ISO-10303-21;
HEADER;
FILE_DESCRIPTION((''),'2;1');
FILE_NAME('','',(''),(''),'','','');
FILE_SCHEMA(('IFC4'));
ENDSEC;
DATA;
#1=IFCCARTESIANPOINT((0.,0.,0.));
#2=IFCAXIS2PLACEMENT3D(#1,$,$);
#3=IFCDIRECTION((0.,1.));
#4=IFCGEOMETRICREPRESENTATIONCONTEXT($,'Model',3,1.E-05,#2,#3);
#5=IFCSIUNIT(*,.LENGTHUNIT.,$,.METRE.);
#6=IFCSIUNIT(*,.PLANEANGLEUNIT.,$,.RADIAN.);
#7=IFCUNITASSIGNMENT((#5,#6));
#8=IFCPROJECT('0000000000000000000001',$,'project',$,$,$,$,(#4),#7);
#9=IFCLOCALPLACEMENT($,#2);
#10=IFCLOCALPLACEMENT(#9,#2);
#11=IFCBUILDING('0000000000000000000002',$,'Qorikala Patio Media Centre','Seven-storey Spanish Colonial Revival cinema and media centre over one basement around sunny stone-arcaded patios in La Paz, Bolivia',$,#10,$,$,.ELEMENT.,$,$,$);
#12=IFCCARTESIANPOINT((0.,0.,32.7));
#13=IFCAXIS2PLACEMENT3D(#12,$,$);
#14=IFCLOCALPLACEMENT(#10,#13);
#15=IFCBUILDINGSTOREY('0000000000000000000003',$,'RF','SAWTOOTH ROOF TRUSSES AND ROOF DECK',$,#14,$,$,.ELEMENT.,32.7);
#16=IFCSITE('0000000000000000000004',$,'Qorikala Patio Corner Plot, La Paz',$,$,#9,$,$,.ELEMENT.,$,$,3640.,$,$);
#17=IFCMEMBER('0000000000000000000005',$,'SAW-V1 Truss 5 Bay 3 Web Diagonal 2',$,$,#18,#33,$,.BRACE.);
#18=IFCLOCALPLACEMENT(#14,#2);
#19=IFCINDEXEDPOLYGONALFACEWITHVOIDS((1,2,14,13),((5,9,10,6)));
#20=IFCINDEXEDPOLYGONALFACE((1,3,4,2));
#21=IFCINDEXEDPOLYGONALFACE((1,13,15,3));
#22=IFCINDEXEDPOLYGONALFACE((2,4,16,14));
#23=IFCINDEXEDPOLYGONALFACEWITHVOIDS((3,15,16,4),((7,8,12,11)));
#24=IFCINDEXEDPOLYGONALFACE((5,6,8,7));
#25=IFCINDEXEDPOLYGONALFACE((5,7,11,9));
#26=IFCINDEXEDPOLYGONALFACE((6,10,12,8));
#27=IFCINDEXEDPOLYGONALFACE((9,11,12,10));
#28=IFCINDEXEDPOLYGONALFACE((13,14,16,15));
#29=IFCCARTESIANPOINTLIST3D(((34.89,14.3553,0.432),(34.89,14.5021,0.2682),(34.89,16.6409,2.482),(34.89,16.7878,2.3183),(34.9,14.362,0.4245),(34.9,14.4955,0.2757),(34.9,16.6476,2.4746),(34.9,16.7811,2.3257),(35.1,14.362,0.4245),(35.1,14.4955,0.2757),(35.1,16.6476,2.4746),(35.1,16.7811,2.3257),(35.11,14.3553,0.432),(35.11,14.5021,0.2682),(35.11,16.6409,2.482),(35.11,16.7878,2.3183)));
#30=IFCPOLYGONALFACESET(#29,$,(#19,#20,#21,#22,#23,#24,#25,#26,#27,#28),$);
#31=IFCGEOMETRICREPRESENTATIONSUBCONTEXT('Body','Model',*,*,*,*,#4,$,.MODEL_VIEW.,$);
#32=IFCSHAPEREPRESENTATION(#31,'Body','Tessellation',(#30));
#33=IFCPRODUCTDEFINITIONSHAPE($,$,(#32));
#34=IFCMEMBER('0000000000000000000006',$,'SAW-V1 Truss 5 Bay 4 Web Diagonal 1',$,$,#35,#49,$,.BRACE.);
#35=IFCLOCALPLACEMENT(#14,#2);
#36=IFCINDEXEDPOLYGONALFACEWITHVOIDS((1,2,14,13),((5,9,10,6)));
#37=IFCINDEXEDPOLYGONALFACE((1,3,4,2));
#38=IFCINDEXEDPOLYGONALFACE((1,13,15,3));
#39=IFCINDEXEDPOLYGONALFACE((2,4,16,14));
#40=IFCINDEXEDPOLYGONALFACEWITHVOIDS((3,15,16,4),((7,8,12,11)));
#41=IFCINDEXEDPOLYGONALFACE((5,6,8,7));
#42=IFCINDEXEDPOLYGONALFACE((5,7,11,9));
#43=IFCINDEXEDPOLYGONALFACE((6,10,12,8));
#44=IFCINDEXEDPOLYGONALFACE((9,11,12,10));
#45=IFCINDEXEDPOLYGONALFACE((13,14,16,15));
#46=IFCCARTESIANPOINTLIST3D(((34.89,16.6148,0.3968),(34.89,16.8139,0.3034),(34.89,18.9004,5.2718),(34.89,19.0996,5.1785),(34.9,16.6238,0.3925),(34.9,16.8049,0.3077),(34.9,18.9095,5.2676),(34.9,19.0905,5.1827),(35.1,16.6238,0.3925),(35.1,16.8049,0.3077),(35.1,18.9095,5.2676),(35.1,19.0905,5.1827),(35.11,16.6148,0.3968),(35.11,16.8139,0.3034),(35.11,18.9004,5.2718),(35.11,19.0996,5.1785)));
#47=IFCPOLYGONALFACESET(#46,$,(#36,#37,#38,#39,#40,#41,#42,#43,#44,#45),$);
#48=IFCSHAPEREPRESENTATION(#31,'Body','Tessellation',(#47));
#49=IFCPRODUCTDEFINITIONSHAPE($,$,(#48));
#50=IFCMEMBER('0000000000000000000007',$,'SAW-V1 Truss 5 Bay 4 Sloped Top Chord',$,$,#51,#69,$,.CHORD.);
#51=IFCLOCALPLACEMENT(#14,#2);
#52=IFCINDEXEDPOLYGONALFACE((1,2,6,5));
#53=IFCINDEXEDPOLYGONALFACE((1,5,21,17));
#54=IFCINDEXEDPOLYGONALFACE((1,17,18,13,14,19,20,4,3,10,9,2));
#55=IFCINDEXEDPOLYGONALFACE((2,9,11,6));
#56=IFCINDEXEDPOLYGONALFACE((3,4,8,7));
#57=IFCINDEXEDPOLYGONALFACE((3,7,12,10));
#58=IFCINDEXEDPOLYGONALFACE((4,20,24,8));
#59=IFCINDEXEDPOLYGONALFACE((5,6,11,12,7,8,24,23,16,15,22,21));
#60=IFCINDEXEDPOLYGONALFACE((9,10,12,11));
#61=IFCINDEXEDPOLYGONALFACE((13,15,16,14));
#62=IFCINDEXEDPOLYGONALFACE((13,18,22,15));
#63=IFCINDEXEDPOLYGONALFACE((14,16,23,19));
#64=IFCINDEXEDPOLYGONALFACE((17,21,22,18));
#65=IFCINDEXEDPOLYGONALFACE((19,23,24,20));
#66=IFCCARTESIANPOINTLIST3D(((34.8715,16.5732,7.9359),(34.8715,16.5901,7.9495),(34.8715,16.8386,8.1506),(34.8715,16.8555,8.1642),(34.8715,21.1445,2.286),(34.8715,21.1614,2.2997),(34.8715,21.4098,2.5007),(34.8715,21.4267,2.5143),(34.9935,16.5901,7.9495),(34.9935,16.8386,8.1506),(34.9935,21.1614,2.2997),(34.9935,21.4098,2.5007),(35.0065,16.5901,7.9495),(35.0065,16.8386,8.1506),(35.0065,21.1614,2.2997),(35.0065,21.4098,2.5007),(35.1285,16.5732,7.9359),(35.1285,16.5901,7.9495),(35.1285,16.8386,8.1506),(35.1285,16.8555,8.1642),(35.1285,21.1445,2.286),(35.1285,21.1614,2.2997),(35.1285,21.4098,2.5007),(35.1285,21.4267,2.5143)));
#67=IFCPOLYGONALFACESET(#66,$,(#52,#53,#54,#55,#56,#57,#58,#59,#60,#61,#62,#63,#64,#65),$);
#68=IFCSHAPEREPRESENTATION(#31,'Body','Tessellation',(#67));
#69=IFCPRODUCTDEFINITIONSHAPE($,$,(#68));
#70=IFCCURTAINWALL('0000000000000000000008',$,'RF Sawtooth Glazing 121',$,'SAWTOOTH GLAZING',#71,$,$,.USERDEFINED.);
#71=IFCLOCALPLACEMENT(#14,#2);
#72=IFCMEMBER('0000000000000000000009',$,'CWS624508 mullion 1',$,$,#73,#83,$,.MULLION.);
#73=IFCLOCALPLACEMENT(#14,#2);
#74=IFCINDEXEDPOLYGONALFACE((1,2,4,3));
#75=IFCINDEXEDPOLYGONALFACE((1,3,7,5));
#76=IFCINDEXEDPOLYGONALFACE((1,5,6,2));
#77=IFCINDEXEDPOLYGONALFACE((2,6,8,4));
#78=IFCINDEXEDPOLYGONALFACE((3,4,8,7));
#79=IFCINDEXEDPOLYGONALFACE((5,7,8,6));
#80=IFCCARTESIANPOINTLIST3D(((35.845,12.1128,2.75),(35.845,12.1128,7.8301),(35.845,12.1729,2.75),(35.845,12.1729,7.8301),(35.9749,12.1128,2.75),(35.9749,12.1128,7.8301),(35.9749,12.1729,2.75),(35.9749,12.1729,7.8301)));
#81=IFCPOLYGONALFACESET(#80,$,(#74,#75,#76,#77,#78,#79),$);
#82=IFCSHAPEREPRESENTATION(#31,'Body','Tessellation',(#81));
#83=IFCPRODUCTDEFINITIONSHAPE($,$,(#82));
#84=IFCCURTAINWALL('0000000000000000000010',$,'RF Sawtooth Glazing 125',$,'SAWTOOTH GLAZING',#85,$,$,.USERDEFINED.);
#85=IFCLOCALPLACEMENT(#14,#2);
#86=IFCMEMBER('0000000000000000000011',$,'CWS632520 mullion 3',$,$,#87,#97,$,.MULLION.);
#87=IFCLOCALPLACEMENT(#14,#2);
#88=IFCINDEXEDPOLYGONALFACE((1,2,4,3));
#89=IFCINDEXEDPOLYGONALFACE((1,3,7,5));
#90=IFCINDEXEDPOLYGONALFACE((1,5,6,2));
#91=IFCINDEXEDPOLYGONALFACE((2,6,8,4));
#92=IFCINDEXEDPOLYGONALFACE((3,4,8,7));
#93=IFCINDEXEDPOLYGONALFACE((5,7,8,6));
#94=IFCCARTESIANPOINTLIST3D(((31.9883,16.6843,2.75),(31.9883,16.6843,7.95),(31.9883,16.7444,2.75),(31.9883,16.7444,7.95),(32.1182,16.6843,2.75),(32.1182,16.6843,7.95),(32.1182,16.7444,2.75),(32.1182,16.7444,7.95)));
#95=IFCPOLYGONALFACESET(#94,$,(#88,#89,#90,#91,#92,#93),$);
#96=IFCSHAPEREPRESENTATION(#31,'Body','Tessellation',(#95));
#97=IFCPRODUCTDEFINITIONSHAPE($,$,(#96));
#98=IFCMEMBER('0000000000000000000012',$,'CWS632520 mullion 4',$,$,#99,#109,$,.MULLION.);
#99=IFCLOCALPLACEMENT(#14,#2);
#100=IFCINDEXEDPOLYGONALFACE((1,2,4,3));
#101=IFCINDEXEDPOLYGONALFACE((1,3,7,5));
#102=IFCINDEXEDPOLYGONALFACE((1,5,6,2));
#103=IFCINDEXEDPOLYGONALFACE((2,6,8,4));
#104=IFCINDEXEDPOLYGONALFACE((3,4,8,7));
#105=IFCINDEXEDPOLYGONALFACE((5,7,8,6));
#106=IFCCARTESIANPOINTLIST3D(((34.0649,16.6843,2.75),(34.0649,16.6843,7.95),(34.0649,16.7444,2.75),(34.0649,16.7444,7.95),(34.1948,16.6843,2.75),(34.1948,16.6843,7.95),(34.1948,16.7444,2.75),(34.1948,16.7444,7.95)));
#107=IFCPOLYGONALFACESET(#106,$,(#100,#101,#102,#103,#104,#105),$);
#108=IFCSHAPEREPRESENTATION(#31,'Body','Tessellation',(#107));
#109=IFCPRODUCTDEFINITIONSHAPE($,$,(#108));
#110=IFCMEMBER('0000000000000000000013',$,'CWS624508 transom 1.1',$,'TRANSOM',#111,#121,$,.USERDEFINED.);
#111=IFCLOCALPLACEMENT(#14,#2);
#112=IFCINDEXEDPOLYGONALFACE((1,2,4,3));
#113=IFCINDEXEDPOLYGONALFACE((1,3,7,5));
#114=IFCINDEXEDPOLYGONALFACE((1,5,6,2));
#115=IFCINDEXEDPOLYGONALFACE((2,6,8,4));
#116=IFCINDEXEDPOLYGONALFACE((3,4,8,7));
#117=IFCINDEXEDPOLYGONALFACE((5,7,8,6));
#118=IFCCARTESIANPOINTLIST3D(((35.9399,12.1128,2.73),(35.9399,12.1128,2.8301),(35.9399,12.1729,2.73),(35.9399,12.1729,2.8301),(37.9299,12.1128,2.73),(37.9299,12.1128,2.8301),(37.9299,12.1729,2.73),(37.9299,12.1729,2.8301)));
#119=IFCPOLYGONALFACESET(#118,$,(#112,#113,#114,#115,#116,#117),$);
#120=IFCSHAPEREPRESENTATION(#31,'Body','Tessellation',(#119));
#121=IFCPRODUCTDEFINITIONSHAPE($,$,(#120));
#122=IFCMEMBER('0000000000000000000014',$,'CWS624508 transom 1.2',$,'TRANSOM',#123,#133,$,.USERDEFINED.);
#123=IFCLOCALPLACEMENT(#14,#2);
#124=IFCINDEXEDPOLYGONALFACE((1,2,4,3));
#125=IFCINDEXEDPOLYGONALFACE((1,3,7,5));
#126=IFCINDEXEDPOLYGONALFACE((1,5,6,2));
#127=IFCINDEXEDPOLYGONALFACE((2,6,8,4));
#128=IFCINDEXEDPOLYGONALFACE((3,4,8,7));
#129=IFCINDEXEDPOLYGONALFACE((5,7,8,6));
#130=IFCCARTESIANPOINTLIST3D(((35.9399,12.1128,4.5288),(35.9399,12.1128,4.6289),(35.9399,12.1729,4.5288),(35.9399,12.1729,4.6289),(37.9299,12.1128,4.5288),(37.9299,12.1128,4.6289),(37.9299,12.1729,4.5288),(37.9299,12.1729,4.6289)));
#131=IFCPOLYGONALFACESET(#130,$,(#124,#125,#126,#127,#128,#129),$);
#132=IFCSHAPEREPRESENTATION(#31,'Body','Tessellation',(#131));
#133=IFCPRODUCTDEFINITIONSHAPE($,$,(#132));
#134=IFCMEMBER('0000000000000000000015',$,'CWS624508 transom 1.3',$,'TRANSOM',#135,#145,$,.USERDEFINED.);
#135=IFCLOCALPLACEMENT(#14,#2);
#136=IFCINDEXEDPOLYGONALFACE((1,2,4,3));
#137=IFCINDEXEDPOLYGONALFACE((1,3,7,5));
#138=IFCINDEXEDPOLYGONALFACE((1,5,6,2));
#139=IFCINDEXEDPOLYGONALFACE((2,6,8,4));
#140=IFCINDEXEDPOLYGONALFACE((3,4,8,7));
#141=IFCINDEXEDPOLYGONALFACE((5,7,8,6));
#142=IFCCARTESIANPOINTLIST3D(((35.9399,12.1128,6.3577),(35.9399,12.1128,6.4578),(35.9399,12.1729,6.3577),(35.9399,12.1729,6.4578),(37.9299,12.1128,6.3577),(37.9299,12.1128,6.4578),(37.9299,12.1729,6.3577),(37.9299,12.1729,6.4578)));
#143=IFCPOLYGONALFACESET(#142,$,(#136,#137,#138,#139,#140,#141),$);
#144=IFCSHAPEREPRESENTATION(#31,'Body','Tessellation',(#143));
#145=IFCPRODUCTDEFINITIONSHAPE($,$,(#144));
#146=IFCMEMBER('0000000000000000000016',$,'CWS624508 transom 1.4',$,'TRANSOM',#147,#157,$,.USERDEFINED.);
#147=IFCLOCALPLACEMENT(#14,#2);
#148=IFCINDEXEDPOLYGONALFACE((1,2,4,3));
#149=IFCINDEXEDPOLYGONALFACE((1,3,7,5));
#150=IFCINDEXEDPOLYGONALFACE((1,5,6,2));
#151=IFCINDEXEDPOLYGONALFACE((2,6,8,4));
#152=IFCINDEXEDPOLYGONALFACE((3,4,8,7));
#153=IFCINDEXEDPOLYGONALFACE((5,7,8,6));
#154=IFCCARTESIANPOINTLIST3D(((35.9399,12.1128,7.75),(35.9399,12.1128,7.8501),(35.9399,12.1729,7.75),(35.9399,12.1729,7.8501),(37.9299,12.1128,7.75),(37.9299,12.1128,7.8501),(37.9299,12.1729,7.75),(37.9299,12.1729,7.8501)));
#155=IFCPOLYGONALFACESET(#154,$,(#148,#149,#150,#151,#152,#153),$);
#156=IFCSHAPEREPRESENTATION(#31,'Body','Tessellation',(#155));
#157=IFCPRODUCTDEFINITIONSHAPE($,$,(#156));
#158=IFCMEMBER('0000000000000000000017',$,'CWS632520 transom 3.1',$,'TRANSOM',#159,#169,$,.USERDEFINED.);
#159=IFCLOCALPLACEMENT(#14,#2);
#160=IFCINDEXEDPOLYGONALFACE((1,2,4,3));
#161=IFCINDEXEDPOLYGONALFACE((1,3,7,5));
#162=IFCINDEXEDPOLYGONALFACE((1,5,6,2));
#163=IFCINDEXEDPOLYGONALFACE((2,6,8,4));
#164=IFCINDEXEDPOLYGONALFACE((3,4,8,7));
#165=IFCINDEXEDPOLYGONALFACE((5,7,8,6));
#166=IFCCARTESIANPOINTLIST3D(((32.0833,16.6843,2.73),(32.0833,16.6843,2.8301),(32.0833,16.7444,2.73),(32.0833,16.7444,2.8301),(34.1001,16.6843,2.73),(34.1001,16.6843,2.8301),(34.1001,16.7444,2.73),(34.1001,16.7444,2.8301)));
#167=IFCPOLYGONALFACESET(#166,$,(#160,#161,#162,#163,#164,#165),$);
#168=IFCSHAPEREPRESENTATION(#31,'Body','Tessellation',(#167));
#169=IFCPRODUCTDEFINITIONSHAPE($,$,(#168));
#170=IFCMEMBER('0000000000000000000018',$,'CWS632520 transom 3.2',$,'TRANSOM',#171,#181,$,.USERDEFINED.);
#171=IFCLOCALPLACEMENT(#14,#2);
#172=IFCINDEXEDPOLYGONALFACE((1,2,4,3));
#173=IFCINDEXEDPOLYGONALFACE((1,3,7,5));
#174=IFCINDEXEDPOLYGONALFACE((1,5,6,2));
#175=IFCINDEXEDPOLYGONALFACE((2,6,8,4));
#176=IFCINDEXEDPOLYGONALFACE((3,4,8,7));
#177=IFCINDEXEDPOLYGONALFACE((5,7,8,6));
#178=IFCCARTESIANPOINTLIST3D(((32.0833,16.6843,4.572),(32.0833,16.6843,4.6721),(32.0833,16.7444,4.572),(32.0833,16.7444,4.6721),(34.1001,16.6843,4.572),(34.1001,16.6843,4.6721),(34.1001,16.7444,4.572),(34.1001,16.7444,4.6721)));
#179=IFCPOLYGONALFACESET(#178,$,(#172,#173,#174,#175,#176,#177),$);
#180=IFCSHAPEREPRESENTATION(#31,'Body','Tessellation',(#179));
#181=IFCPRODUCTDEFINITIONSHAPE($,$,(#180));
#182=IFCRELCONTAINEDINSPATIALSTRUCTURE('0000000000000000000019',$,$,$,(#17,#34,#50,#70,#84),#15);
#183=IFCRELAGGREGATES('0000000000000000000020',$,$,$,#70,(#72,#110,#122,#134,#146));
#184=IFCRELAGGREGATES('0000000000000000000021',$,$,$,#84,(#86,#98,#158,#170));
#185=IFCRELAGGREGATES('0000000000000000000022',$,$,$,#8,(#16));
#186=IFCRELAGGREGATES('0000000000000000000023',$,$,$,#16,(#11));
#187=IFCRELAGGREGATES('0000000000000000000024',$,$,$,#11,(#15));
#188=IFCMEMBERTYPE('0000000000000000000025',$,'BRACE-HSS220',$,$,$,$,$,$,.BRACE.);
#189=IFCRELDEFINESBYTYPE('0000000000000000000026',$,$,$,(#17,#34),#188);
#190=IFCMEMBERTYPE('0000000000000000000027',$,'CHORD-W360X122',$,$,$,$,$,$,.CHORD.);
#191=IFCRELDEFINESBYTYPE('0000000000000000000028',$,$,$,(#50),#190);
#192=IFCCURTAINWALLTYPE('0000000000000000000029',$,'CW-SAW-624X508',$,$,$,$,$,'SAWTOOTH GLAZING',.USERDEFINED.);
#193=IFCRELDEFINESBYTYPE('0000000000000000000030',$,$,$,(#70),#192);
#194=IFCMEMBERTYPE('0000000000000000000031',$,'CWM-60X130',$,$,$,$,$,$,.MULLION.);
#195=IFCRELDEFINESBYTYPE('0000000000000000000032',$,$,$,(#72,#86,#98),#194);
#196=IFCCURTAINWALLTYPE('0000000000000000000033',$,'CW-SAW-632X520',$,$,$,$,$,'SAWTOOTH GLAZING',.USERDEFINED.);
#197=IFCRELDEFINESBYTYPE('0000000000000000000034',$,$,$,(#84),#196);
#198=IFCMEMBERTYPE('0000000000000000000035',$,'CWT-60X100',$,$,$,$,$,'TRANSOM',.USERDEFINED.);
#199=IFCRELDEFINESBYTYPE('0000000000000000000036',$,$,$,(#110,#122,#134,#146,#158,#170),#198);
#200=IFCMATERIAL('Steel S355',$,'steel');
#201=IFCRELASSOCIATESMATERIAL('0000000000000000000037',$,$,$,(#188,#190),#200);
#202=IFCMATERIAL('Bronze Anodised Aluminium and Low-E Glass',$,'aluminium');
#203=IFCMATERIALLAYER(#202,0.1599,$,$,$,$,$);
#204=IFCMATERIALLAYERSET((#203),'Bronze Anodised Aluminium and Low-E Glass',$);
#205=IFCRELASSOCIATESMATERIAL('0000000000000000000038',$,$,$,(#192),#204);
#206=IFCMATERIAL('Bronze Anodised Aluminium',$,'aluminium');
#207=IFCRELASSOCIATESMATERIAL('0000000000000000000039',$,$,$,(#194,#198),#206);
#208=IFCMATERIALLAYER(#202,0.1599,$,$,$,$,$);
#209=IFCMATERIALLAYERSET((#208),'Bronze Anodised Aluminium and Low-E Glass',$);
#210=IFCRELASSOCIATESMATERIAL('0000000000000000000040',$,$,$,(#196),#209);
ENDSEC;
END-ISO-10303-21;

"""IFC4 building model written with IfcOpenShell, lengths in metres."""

from ifc_helpers import new_model, si_unit, direction, frame, origin, origin_2d, place, context, subcontext, project, spatial, rectangle, hollow_rectangle, i_section, extrude, material, layer, layer_set, material_profile, profile_set, type_object, element, aggregate, save


model = new_model("IFC4")

# Units and contexts
model_context = context("Model", 3, precision=1e-05, world=origin(), true_north=direction((0.0, 1.0)))
body_context = subcontext(model_context, "Body", "Model", "MODEL_VIEW")
ifc_project = project(units=[si_unit("LENGTHUNIT", "METRE"), si_unit("PLANEANGLEUNIT", "RADIAN")], contexts=[model_context])

# Site, building, storey
site_placement = place(None, origin())
site = spatial("IfcSite", under=ifc_project, at=site_placement, Name="Qorikala Patio Corner Plot, La Paz", CompositionType="ELEMENT", RefElevation=3640.0)
building_placement = place(site_placement, origin())
building = spatial("IfcBuilding", under=site, at=building_placement, Name="Qorikala Patio Media Centre", Description="Seven-storey Spanish Colonial Revival cinema and media centre over one basement around sunny stone-arcaded patios in La Paz, Bolivia", CompositionType="ELEMENT")
storey_placement = place(building_placement, frame((0.0, 0.0, 32.7)))
storey = spatial("IfcBuildingStorey", under=building, at=storey_placement, Name="RF", Description="SAWTOOTH ROOF TRUSSES AND ROOF DECK", CompositionType="ELEMENT", Elevation=32.7)

# Members
ifc_material_1 = material(Name="Steel S355", Category="steel")
ifc_material_profile_1 = material_profile(ifc_material_1, hollow_rectangle(XDim=0.22, YDim=0.22, WallThickness=0.01, at=origin_2d()), Name="HSS220X220X10")
ifc_profile_set_1 = profile_set([ifc_material_profile_1], Name="Steel S355")
member_type_1 = type_object("IfcMemberType", Name="BRACE-HSS220", PredefinedType="BRACE", material=ifc_profile_set_1)
member_1_placement = place(storey_placement, frame((35.0, 14.4287, 0.3501), z_axis=(0.0, 0.744432, 0.667699), x_axis=(-1.0, 0.0, 0.0)))
element("IfcMember", 1, at=member_1_placement, inside=storey, type_object=member_type_1, Name="SAW-V1 Truss 5 Bay 3 Web Diagonal 2", PredefinedType="BRACE", context=body_context, shape_type="SweptSolid", body=[
    extrude(hollow_rectangle(XDim=0.22, YDim=0.22, WallThickness=0.01, at=origin_2d()), origin(), (0.0, 0.0, 1.0), 3.0703),
])
member_2_placement = place(storey_placement, frame((35.0, 16.7144, 0.3501), z_axis=(0.0, 0.424508, 0.905424), x_axis=(-1.0, 0.0, 0.0)))
element("IfcMember", 2, at=member_2_placement, inside=storey, type_object=member_type_1, Name="SAW-V1 Truss 5 Bay 4 Web Diagonal 1", PredefinedType="BRACE", context=body_context, shape_type="SweptSolid", body=[
    extrude(hollow_rectangle(XDim=0.22, YDim=0.22, WallThickness=0.01, at=origin_2d()), origin(), (0.0, 0.0, 1.0), 5.3843),
])
ifc_material_profile_2 = material_profile(ifc_material_1, i_section(OverallWidth=0.2571, OverallDepth=0.363, WebThickness=0.0129, FlangeThickness=0.0217, at=origin_2d()), Name="W360X122")
ifc_profile_set_2 = profile_set([ifc_material_profile_2], Name="Steel S355")
member_type_2 = type_object("IfcMemberType", Name="CHORD-W360X122", PredefinedType="CHORD", material=ifc_profile_set_2)
member_3_placement = place(storey_placement, frame((35.0, 16.7144, 8.05), z_axis=(0.0, 0.628995, -0.777409), x_axis=(-1.0, 0.0, 0.0)))
element("IfcMember", 3, at=member_3_placement, inside=storey, type_object=member_type_2, Name="SAW-V1 Truss 5 Bay 4 Sloped Top Chord", PredefinedType="CHORD", context=body_context, shape_type="SweptSolid", body=[
    extrude(i_section(OverallWidth=0.2571, OverallDepth=0.363, WebThickness=0.0129, FlangeThickness=0.0217, at=origin_2d()), origin(), (0.0, 0.0, 1.0), 7.2676),
])

# Curtain wall, member
ifc_material_2 = material(Name="Bronze Anodised Aluminium and Low-E Glass", Category="aluminium")
ifc_layer_1 = layer(ifc_material_2, 0.1599)
ifc_layer_set_1 = layer_set([ifc_layer_1], Name="Bronze Anodised Aluminium and Low-E Glass")
curtain_wall_type_1 = type_object("IfcCurtainWallType", Name="CW-SAW-624X508", ElementType="SAWTOOTH GLAZING", PredefinedType="USERDEFINED", material=ifc_layer_set_1)
curtain_wall_1_placement = place(storey_placement, origin())
curtain_wall_1 = element("IfcCurtainWall", 4, at=curtain_wall_1_placement, inside=storey, type_object=curtain_wall_type_1, Name="RF Sawtooth Glazing 121", ObjectType="SAWTOOTH GLAZING", PredefinedType="USERDEFINED")
ifc_material_3 = material(Name="Bronze Anodised Aluminium", Category="aluminium")
ifc_material_profile_3 = material_profile(ifc_material_3, rectangle(XDim=0.0601, YDim=0.1299, at=origin_2d()), Name="ALU MULLION 60x130")
ifc_profile_set_3 = profile_set([ifc_material_profile_3], Name="Bronze Anodised Aluminium")
member_type_3 = type_object("IfcMemberType", Name="CWM-60X130", PredefinedType="MULLION", material=ifc_profile_set_3)
member_4_placement = place(storey_placement, frame((35.9099, 12.1428, 2.75), z_axis=(0.0, 0.0, 1.0), x_axis=(0.0, 1.0, 0.0)))
member_4 = element("IfcMember", 5, at=member_4_placement, type_object=member_type_3, Name="CWS624508 mullion 1", PredefinedType="MULLION", context=body_context, shape_type="SweptSolid", body=[
    extrude(rectangle(XDim=0.0601, YDim=0.1299, at=origin_2d()), origin(), (0.0, 0.0, 1.0), 5.0801),
])

# Curtain wall, members
ifc_layer_2 = layer(ifc_material_2, 0.1599)
ifc_layer_set_2 = layer_set([ifc_layer_2], Name="Bronze Anodised Aluminium and Low-E Glass")
curtain_wall_type_2 = type_object("IfcCurtainWallType", Name="CW-SAW-632X520", ElementType="SAWTOOTH GLAZING", PredefinedType="USERDEFINED", material=ifc_layer_set_2)
curtain_wall_2_placement = place(storey_placement, origin())
curtain_wall_2 = element("IfcCurtainWall", 6, at=curtain_wall_2_placement, inside=storey, type_object=curtain_wall_type_2, Name="RF Sawtooth Glazing 125", ObjectType="SAWTOOTH GLAZING", PredefinedType="USERDEFINED")
member_5_placement = place(storey_placement, frame((32.0532, 16.7144, 2.75), z_axis=(0.0, 0.0, 1.0), x_axis=(0.0, 1.0, 0.0)))
member_5 = element("IfcMember", 7, at=member_5_placement, type_object=member_type_3, Name="CWS632520 mullion 3", PredefinedType="MULLION", context=body_context, shape_type="SweptSolid", body=[
    extrude(rectangle(XDim=0.0601, YDim=0.1299, at=origin_2d()), origin(), (0.0, 0.0, 1.0), 5.2),
])
member_6_placement = place(storey_placement, frame((34.1299, 16.7144, 2.75), z_axis=(0.0, 0.0, 1.0), x_axis=(0.0, 1.0, 0.0)))
member_6 = element("IfcMember", 8, at=member_6_placement, type_object=member_type_3, Name="CWS632520 mullion 4", PredefinedType="MULLION", context=body_context, shape_type="SweptSolid", body=[
    extrude(rectangle(XDim=0.0601, YDim=0.1299, at=origin_2d()), origin(), (0.0, 0.0, 1.0), 5.2),
])

# Members
ifc_material_profile_4 = material_profile(ifc_material_3, rectangle(XDim=0.0601, YDim=0.1001, at=origin_2d()), Name="ALU TRANSOM 60x100")
ifc_profile_set_4 = profile_set([ifc_material_profile_4], Name="Bronze Anodised Aluminium")
member_type_4 = type_object("IfcMemberType", Name="CWT-60X100", ElementType="TRANSOM", PredefinedType="USERDEFINED", material=ifc_profile_set_4)
member_7_placement = place(storey_placement, frame((35.9399, 12.1428, 2.78), z_axis=(1.0, 0.0, 0.0), x_axis=(0.0, 1.0, 0.0)))
member_7 = element("IfcMember", 9, at=member_7_placement, type_object=member_type_4, Name="CWS624508 transom 1.1", ObjectType="TRANSOM", PredefinedType="USERDEFINED", context=body_context, shape_type="SweptSolid", body=[
    extrude(rectangle(XDim=0.0601, YDim=0.1001, at=origin_2d()), origin(), (0.0, 0.0, 1.0), 1.99),
])
member_8_placement = place(storey_placement, frame((35.9399, 12.1428, 4.5789), z_axis=(1.0, 0.0, 0.0), x_axis=(0.0, 1.0, 0.0)))
member_8 = element("IfcMember", 10, at=member_8_placement, type_object=member_type_4, Name="CWS624508 transom 1.2", ObjectType="TRANSOM", PredefinedType="USERDEFINED", context=body_context, shape_type="SweptSolid", body=[
    extrude(rectangle(XDim=0.0601, YDim=0.1001, at=origin_2d()), origin(), (0.0, 0.0, 1.0), 1.99),
])
member_9_placement = place(storey_placement, frame((35.9399, 12.1428, 6.4077), z_axis=(1.0, 0.0, 0.0), x_axis=(0.0, 1.0, 0.0)))
member_9 = element("IfcMember", 11, at=member_9_placement, type_object=member_type_4, Name="CWS624508 transom 1.3", ObjectType="TRANSOM", PredefinedType="USERDEFINED", context=body_context, shape_type="SweptSolid", body=[
    extrude(rectangle(XDim=0.0601, YDim=0.1001, at=origin_2d()), origin(), (0.0, 0.0, 1.0), 1.99),
])
member_10_placement = place(storey_placement, frame((35.9399, 12.1428, 7.8), z_axis=(1.0, 0.0, 0.0), x_axis=(0.0, 1.0, 0.0)))
member_10 = element("IfcMember", 12, at=member_10_placement, type_object=member_type_4, Name="CWS624508 transom 1.4", ObjectType="TRANSOM", PredefinedType="USERDEFINED", context=body_context, shape_type="SweptSolid", body=[
    extrude(rectangle(XDim=0.0601, YDim=0.1001, at=origin_2d()), origin(), (0.0, 0.0, 1.0), 1.99),
])
member_11_placement = place(storey_placement, frame((32.0833, 16.7144, 2.78), z_axis=(1.0, 0.0, 0.0), x_axis=(0.0, 1.0, 0.0)))
member_11 = element("IfcMember", 13, at=member_11_placement, type_object=member_type_4, Name="CWS632520 transom 3.1", ObjectType="TRANSOM", PredefinedType="USERDEFINED", context=body_context, shape_type="SweptSolid", body=[
    extrude(rectangle(XDim=0.0601, YDim=0.1001, at=origin_2d()), origin(), (0.0, 0.0, 1.0), 2.0168),
])
member_12_placement = place(storey_placement, frame((32.0833, 16.7144, 4.6221), z_axis=(1.0, 0.0, 0.0), x_axis=(0.0, 1.0, 0.0)))
member_12 = element("IfcMember", 14, at=member_12_placement, type_object=member_type_4, Name="CWS632520 transom 3.2", ObjectType="TRANSOM", PredefinedType="USERDEFINED", context=body_context, shape_type="SweptSolid", body=[
    extrude(rectangle(XDim=0.0601, YDim=0.1001, at=origin_2d()), origin(), (0.0, 0.0, 1.0), 2.0168),
])

aggregate(curtain_wall_1, [member_4, member_7, member_8, member_9, member_10])
aggregate(curtain_wall_2, [member_5, member_6, member_11, member_12])

save(model, "model.ifc")
